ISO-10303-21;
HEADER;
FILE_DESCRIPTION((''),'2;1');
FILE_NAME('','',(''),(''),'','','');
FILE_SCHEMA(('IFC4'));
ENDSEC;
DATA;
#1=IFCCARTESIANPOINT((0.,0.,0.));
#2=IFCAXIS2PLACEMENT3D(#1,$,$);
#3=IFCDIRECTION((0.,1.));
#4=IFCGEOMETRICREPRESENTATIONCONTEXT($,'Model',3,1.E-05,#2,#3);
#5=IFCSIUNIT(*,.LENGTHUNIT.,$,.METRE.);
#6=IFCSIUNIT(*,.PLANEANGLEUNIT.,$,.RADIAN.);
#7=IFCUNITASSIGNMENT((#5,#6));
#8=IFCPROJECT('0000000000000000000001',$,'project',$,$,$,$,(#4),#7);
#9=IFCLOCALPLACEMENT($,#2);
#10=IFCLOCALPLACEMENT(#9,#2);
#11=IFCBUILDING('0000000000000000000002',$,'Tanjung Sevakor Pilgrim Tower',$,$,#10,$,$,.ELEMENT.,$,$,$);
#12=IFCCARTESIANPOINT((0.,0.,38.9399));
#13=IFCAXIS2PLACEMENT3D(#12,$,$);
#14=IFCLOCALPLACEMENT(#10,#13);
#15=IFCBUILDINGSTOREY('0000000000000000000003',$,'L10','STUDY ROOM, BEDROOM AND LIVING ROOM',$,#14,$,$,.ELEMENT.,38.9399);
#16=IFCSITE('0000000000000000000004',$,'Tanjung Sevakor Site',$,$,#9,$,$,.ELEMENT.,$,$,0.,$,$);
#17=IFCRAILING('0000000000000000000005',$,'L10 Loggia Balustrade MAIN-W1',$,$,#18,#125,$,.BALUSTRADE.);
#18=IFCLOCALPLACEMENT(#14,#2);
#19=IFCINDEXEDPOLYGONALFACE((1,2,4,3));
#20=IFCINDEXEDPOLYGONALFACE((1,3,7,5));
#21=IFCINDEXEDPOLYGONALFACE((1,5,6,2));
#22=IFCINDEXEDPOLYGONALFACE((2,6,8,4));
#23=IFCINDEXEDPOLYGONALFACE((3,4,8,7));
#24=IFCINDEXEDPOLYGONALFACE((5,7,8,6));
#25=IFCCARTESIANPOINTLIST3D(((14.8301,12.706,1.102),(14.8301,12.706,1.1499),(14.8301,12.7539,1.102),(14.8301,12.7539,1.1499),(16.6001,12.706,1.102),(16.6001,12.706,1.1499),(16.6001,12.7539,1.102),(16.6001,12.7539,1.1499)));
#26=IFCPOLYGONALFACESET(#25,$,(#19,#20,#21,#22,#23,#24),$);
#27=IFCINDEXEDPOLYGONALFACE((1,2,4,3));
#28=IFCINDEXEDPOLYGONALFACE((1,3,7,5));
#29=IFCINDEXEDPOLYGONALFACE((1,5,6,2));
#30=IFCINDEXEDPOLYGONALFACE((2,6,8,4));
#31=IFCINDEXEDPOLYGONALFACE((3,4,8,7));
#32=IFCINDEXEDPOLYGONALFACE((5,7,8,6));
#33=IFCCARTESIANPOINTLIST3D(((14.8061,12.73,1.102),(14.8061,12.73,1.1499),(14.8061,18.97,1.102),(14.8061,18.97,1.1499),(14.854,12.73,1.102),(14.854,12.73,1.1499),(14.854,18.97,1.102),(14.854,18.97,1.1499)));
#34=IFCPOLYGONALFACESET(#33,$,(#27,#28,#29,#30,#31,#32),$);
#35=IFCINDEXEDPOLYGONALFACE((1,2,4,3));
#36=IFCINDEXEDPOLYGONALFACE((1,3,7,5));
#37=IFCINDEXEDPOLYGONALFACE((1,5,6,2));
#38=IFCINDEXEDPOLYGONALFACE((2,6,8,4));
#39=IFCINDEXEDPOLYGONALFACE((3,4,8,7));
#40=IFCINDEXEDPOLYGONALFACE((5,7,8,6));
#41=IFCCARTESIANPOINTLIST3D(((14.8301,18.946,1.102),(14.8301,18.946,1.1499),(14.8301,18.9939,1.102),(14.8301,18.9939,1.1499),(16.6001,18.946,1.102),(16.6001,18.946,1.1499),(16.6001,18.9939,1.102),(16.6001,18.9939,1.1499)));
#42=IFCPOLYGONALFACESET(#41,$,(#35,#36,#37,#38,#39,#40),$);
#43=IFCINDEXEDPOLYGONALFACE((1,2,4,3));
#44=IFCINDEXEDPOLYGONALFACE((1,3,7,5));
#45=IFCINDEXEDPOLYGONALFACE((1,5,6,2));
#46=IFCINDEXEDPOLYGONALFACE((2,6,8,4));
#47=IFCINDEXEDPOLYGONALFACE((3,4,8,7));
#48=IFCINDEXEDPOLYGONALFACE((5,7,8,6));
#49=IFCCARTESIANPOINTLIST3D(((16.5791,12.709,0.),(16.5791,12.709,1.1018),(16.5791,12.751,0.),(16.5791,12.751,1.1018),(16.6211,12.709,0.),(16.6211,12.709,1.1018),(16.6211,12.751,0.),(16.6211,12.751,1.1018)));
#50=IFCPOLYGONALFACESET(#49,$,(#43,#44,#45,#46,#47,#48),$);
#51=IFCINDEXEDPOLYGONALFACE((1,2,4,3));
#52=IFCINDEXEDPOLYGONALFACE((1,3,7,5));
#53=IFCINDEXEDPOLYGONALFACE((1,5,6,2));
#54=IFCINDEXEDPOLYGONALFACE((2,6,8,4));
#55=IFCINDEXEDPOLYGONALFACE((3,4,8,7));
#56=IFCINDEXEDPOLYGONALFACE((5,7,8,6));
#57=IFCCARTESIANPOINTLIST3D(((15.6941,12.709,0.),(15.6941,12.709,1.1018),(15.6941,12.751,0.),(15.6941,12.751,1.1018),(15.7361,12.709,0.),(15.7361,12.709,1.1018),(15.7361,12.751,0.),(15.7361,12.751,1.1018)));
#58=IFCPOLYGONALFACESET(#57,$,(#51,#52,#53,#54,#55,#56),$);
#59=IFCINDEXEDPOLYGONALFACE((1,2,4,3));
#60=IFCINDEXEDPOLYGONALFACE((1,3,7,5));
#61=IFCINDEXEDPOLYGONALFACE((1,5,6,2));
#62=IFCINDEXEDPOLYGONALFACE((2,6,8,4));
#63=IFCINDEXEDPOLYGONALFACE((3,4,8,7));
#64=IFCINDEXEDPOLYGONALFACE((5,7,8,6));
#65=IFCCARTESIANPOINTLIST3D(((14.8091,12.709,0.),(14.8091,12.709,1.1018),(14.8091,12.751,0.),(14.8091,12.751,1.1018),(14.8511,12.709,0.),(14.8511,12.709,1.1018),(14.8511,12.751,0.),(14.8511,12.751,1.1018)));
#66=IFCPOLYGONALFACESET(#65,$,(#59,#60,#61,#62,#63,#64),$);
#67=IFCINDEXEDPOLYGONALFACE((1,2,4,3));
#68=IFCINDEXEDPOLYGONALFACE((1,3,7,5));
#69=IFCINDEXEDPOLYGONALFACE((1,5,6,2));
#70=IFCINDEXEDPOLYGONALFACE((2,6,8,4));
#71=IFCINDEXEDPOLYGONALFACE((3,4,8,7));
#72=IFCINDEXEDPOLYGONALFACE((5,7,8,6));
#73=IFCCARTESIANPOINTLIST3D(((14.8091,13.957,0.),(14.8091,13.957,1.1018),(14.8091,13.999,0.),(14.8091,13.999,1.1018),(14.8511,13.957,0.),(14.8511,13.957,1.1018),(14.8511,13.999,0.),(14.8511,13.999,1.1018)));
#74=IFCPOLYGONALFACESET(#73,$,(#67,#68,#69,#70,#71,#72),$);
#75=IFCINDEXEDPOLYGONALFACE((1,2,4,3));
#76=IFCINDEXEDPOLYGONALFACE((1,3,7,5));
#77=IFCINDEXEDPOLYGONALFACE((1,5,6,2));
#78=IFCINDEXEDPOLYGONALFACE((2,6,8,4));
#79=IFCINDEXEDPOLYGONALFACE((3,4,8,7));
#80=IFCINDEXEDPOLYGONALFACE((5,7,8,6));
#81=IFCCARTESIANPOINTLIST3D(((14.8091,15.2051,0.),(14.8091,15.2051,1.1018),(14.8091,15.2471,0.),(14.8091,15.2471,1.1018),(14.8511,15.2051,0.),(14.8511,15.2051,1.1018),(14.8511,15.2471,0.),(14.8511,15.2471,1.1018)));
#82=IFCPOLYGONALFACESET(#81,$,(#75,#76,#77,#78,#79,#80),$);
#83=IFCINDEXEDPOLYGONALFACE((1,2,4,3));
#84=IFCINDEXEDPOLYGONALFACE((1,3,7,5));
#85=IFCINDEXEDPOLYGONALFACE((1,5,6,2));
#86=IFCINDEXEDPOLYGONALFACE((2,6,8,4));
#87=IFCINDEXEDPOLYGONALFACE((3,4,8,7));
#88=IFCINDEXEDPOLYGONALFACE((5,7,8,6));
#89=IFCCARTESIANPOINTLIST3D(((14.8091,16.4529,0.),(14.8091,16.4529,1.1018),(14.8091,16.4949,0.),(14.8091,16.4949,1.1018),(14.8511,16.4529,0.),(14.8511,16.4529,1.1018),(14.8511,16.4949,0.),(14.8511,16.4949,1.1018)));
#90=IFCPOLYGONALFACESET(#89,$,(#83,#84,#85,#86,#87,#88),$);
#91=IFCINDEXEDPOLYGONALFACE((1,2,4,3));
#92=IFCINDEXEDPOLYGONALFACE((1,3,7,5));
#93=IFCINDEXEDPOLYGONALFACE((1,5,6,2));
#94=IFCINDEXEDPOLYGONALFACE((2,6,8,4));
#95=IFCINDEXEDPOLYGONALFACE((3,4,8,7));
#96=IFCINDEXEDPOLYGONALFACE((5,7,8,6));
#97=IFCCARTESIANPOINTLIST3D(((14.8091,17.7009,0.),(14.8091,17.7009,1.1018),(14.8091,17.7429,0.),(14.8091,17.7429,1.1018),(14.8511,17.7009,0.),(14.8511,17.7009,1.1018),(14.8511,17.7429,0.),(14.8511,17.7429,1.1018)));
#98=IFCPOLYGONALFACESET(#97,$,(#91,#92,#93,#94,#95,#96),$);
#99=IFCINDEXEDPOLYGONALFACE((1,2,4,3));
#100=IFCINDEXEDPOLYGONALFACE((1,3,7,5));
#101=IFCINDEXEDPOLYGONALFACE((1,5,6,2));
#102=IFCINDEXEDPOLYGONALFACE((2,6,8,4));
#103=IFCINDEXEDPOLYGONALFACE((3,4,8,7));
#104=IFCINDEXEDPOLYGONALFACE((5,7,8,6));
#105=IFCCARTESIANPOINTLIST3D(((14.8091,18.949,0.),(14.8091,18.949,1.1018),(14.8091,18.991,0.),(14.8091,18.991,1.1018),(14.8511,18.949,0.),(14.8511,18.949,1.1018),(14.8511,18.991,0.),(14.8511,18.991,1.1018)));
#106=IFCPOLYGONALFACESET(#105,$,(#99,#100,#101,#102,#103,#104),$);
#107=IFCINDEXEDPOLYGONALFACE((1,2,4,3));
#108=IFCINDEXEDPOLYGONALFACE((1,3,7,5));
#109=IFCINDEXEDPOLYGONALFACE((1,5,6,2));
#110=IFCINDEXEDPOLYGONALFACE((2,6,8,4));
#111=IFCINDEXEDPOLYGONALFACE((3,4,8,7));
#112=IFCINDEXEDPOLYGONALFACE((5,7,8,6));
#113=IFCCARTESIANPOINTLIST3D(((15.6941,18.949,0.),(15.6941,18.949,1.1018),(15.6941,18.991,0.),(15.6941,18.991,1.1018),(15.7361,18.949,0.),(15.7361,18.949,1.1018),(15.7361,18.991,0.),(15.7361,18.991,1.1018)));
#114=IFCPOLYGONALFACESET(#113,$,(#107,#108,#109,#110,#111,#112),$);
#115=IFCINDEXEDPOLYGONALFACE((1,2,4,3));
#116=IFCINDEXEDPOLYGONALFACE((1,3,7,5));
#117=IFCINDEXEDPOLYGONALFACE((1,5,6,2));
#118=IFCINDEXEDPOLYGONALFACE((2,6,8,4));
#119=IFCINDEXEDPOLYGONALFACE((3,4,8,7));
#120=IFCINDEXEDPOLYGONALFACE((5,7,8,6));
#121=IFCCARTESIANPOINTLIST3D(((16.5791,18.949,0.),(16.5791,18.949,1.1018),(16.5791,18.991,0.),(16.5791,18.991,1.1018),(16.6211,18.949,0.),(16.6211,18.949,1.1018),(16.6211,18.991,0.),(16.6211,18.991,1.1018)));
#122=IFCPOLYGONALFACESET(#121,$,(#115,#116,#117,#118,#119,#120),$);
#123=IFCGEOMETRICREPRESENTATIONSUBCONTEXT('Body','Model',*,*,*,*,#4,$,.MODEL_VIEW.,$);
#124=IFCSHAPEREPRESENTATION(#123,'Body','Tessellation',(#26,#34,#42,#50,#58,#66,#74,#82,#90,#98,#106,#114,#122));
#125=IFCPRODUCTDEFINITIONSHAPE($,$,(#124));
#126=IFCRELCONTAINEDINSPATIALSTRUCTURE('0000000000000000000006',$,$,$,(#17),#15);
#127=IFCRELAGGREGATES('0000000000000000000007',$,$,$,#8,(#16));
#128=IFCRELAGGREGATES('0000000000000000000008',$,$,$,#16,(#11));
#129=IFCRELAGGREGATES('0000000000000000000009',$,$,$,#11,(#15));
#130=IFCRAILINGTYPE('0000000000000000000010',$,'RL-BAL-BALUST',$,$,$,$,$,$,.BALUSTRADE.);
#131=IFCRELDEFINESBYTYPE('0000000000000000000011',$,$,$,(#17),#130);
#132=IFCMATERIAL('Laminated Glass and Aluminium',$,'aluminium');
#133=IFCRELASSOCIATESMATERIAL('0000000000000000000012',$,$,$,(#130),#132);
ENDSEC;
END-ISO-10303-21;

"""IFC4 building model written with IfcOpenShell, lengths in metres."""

from ifc_helpers import new_model, si_unit, direction, frame, origin, place, context, subcontext, project, spatial, rectangle, extrude, material, type_object, element, save


model = new_model("IFC4")

# Units and contexts
model_context = context("Model", 3, precision=1e-05, world=origin(), true_north=direction((0.0, 1.0)))
body_context = subcontext(model_context, "Body", "Model", "MODEL_VIEW")
ifc_project = project(units=[si_unit("LENGTHUNIT", "METRE"), si_unit("PLANEANGLEUNIT", "RADIAN")], contexts=[model_context])

# Site, building, storey
site_placement = place(None, origin())
site = spatial("IfcSite", under=ifc_project, at=site_placement, Name="Tanjung Sevakor Site", CompositionType="ELEMENT", RefElevation=0.0)
building_placement = place(site_placement, origin())
building = spatial("IfcBuilding", under=site, at=building_placement, Name="Tanjung Sevakor Pilgrim Tower", CompositionType="ELEMENT")
storey_placement = place(building_placement, frame((0.0, 0.0, 38.9399)))
storey = spatial("IfcBuildingStorey", under=building, at=storey_placement, Name="L10", Description="STUDY ROOM, BEDROOM AND LIVING ROOM", CompositionType="ELEMENT", Elevation=38.9399)

# Railing
ifc_material_1 = material(Name="Laminated Glass and Aluminium", Category="aluminium")
railing_type = type_object("IfcRailingType", Name="RL-BAL-BALUST", PredefinedType="BALUSTRADE", material=ifc_material_1)
railing_1_placement = place(storey_placement, frame((16.6001, 12.73, 0.0)))
element("IfcRailing", 1, at=railing_1_placement, inside=storey, type_object=railing_type, Name="L10 Loggia Balustrade MAIN-W1", PredefinedType="BALUSTRADE", context=body_context, shape_type="SweptSolid", body=[
    extrude(rectangle(XDim=0.0479, YDim=0.0479), frame((0.0, 0.0, 1.126), z_axis=(-1.0, 0.0, 0.0), x_axis=(0.0, -1.0, 0.0)), (0.0, 0.0, 1.0), 1.77),
    extrude(rectangle(XDim=0.0479, YDim=0.0479), frame((-1.77, 0.0, 1.126), z_axis=(0.0, 1.0, 0.0), x_axis=(-1.0, 0.0, 0.0)), (0.0, 0.0, 1.0), 6.24),
    extrude(rectangle(XDim=0.0479, YDim=0.0479), frame((-1.77, 6.24, 1.126), z_axis=(1.0, 0.0, 0.0), x_axis=(0.0, 1.0, 0.0)), (0.0, 0.0, 1.0), 1.77),
    extrude(rectangle(XDim=0.042, YDim=0.042), origin(), (0.0, 0.0, 1.0), 1.1018),
    extrude(rectangle(XDim=0.042, YDim=0.042), frame((-0.885, 0.0, 0.0)), (0.0, 0.0, 1.0), 1.1018),
    extrude(rectangle(XDim=0.042, YDim=0.042), frame((-1.77, 0.0, 0.0)), (0.0, 0.0, 1.0), 1.1018),
    extrude(rectangle(XDim=0.042, YDim=0.042), frame((-1.77, 1.248, 0.0)), (0.0, 0.0, 1.0), 1.1018),
    extrude(rectangle(XDim=0.042, YDim=0.042), frame((-1.77, 2.4961, 0.0)), (0.0, 0.0, 1.0), 1.1018),
    extrude(rectangle(XDim=0.042, YDim=0.042), frame((-1.77, 3.7439, 0.0)), (0.0, 0.0, 1.0), 1.1018),
    extrude(rectangle(XDim=0.042, YDim=0.042), frame((-1.77, 4.9919, 0.0)), (0.0, 0.0, 1.0), 1.1018),
    extrude(rectangle(XDim=0.042, YDim=0.042), frame((-1.77, 6.24, 0.0)), (0.0, 0.0, 1.0), 1.1018),
    extrude(rectangle(XDim=0.042, YDim=0.042), frame((-0.885, 6.24, 0.0)), (0.0, 0.0, 1.0), 1.1018),
    extrude(rectangle(XDim=0.042, YDim=0.042), frame((0.0, 6.24, 0.0)), (0.0, 0.0, 1.0), 1.1018),
])

save(model, "model.ifc")
